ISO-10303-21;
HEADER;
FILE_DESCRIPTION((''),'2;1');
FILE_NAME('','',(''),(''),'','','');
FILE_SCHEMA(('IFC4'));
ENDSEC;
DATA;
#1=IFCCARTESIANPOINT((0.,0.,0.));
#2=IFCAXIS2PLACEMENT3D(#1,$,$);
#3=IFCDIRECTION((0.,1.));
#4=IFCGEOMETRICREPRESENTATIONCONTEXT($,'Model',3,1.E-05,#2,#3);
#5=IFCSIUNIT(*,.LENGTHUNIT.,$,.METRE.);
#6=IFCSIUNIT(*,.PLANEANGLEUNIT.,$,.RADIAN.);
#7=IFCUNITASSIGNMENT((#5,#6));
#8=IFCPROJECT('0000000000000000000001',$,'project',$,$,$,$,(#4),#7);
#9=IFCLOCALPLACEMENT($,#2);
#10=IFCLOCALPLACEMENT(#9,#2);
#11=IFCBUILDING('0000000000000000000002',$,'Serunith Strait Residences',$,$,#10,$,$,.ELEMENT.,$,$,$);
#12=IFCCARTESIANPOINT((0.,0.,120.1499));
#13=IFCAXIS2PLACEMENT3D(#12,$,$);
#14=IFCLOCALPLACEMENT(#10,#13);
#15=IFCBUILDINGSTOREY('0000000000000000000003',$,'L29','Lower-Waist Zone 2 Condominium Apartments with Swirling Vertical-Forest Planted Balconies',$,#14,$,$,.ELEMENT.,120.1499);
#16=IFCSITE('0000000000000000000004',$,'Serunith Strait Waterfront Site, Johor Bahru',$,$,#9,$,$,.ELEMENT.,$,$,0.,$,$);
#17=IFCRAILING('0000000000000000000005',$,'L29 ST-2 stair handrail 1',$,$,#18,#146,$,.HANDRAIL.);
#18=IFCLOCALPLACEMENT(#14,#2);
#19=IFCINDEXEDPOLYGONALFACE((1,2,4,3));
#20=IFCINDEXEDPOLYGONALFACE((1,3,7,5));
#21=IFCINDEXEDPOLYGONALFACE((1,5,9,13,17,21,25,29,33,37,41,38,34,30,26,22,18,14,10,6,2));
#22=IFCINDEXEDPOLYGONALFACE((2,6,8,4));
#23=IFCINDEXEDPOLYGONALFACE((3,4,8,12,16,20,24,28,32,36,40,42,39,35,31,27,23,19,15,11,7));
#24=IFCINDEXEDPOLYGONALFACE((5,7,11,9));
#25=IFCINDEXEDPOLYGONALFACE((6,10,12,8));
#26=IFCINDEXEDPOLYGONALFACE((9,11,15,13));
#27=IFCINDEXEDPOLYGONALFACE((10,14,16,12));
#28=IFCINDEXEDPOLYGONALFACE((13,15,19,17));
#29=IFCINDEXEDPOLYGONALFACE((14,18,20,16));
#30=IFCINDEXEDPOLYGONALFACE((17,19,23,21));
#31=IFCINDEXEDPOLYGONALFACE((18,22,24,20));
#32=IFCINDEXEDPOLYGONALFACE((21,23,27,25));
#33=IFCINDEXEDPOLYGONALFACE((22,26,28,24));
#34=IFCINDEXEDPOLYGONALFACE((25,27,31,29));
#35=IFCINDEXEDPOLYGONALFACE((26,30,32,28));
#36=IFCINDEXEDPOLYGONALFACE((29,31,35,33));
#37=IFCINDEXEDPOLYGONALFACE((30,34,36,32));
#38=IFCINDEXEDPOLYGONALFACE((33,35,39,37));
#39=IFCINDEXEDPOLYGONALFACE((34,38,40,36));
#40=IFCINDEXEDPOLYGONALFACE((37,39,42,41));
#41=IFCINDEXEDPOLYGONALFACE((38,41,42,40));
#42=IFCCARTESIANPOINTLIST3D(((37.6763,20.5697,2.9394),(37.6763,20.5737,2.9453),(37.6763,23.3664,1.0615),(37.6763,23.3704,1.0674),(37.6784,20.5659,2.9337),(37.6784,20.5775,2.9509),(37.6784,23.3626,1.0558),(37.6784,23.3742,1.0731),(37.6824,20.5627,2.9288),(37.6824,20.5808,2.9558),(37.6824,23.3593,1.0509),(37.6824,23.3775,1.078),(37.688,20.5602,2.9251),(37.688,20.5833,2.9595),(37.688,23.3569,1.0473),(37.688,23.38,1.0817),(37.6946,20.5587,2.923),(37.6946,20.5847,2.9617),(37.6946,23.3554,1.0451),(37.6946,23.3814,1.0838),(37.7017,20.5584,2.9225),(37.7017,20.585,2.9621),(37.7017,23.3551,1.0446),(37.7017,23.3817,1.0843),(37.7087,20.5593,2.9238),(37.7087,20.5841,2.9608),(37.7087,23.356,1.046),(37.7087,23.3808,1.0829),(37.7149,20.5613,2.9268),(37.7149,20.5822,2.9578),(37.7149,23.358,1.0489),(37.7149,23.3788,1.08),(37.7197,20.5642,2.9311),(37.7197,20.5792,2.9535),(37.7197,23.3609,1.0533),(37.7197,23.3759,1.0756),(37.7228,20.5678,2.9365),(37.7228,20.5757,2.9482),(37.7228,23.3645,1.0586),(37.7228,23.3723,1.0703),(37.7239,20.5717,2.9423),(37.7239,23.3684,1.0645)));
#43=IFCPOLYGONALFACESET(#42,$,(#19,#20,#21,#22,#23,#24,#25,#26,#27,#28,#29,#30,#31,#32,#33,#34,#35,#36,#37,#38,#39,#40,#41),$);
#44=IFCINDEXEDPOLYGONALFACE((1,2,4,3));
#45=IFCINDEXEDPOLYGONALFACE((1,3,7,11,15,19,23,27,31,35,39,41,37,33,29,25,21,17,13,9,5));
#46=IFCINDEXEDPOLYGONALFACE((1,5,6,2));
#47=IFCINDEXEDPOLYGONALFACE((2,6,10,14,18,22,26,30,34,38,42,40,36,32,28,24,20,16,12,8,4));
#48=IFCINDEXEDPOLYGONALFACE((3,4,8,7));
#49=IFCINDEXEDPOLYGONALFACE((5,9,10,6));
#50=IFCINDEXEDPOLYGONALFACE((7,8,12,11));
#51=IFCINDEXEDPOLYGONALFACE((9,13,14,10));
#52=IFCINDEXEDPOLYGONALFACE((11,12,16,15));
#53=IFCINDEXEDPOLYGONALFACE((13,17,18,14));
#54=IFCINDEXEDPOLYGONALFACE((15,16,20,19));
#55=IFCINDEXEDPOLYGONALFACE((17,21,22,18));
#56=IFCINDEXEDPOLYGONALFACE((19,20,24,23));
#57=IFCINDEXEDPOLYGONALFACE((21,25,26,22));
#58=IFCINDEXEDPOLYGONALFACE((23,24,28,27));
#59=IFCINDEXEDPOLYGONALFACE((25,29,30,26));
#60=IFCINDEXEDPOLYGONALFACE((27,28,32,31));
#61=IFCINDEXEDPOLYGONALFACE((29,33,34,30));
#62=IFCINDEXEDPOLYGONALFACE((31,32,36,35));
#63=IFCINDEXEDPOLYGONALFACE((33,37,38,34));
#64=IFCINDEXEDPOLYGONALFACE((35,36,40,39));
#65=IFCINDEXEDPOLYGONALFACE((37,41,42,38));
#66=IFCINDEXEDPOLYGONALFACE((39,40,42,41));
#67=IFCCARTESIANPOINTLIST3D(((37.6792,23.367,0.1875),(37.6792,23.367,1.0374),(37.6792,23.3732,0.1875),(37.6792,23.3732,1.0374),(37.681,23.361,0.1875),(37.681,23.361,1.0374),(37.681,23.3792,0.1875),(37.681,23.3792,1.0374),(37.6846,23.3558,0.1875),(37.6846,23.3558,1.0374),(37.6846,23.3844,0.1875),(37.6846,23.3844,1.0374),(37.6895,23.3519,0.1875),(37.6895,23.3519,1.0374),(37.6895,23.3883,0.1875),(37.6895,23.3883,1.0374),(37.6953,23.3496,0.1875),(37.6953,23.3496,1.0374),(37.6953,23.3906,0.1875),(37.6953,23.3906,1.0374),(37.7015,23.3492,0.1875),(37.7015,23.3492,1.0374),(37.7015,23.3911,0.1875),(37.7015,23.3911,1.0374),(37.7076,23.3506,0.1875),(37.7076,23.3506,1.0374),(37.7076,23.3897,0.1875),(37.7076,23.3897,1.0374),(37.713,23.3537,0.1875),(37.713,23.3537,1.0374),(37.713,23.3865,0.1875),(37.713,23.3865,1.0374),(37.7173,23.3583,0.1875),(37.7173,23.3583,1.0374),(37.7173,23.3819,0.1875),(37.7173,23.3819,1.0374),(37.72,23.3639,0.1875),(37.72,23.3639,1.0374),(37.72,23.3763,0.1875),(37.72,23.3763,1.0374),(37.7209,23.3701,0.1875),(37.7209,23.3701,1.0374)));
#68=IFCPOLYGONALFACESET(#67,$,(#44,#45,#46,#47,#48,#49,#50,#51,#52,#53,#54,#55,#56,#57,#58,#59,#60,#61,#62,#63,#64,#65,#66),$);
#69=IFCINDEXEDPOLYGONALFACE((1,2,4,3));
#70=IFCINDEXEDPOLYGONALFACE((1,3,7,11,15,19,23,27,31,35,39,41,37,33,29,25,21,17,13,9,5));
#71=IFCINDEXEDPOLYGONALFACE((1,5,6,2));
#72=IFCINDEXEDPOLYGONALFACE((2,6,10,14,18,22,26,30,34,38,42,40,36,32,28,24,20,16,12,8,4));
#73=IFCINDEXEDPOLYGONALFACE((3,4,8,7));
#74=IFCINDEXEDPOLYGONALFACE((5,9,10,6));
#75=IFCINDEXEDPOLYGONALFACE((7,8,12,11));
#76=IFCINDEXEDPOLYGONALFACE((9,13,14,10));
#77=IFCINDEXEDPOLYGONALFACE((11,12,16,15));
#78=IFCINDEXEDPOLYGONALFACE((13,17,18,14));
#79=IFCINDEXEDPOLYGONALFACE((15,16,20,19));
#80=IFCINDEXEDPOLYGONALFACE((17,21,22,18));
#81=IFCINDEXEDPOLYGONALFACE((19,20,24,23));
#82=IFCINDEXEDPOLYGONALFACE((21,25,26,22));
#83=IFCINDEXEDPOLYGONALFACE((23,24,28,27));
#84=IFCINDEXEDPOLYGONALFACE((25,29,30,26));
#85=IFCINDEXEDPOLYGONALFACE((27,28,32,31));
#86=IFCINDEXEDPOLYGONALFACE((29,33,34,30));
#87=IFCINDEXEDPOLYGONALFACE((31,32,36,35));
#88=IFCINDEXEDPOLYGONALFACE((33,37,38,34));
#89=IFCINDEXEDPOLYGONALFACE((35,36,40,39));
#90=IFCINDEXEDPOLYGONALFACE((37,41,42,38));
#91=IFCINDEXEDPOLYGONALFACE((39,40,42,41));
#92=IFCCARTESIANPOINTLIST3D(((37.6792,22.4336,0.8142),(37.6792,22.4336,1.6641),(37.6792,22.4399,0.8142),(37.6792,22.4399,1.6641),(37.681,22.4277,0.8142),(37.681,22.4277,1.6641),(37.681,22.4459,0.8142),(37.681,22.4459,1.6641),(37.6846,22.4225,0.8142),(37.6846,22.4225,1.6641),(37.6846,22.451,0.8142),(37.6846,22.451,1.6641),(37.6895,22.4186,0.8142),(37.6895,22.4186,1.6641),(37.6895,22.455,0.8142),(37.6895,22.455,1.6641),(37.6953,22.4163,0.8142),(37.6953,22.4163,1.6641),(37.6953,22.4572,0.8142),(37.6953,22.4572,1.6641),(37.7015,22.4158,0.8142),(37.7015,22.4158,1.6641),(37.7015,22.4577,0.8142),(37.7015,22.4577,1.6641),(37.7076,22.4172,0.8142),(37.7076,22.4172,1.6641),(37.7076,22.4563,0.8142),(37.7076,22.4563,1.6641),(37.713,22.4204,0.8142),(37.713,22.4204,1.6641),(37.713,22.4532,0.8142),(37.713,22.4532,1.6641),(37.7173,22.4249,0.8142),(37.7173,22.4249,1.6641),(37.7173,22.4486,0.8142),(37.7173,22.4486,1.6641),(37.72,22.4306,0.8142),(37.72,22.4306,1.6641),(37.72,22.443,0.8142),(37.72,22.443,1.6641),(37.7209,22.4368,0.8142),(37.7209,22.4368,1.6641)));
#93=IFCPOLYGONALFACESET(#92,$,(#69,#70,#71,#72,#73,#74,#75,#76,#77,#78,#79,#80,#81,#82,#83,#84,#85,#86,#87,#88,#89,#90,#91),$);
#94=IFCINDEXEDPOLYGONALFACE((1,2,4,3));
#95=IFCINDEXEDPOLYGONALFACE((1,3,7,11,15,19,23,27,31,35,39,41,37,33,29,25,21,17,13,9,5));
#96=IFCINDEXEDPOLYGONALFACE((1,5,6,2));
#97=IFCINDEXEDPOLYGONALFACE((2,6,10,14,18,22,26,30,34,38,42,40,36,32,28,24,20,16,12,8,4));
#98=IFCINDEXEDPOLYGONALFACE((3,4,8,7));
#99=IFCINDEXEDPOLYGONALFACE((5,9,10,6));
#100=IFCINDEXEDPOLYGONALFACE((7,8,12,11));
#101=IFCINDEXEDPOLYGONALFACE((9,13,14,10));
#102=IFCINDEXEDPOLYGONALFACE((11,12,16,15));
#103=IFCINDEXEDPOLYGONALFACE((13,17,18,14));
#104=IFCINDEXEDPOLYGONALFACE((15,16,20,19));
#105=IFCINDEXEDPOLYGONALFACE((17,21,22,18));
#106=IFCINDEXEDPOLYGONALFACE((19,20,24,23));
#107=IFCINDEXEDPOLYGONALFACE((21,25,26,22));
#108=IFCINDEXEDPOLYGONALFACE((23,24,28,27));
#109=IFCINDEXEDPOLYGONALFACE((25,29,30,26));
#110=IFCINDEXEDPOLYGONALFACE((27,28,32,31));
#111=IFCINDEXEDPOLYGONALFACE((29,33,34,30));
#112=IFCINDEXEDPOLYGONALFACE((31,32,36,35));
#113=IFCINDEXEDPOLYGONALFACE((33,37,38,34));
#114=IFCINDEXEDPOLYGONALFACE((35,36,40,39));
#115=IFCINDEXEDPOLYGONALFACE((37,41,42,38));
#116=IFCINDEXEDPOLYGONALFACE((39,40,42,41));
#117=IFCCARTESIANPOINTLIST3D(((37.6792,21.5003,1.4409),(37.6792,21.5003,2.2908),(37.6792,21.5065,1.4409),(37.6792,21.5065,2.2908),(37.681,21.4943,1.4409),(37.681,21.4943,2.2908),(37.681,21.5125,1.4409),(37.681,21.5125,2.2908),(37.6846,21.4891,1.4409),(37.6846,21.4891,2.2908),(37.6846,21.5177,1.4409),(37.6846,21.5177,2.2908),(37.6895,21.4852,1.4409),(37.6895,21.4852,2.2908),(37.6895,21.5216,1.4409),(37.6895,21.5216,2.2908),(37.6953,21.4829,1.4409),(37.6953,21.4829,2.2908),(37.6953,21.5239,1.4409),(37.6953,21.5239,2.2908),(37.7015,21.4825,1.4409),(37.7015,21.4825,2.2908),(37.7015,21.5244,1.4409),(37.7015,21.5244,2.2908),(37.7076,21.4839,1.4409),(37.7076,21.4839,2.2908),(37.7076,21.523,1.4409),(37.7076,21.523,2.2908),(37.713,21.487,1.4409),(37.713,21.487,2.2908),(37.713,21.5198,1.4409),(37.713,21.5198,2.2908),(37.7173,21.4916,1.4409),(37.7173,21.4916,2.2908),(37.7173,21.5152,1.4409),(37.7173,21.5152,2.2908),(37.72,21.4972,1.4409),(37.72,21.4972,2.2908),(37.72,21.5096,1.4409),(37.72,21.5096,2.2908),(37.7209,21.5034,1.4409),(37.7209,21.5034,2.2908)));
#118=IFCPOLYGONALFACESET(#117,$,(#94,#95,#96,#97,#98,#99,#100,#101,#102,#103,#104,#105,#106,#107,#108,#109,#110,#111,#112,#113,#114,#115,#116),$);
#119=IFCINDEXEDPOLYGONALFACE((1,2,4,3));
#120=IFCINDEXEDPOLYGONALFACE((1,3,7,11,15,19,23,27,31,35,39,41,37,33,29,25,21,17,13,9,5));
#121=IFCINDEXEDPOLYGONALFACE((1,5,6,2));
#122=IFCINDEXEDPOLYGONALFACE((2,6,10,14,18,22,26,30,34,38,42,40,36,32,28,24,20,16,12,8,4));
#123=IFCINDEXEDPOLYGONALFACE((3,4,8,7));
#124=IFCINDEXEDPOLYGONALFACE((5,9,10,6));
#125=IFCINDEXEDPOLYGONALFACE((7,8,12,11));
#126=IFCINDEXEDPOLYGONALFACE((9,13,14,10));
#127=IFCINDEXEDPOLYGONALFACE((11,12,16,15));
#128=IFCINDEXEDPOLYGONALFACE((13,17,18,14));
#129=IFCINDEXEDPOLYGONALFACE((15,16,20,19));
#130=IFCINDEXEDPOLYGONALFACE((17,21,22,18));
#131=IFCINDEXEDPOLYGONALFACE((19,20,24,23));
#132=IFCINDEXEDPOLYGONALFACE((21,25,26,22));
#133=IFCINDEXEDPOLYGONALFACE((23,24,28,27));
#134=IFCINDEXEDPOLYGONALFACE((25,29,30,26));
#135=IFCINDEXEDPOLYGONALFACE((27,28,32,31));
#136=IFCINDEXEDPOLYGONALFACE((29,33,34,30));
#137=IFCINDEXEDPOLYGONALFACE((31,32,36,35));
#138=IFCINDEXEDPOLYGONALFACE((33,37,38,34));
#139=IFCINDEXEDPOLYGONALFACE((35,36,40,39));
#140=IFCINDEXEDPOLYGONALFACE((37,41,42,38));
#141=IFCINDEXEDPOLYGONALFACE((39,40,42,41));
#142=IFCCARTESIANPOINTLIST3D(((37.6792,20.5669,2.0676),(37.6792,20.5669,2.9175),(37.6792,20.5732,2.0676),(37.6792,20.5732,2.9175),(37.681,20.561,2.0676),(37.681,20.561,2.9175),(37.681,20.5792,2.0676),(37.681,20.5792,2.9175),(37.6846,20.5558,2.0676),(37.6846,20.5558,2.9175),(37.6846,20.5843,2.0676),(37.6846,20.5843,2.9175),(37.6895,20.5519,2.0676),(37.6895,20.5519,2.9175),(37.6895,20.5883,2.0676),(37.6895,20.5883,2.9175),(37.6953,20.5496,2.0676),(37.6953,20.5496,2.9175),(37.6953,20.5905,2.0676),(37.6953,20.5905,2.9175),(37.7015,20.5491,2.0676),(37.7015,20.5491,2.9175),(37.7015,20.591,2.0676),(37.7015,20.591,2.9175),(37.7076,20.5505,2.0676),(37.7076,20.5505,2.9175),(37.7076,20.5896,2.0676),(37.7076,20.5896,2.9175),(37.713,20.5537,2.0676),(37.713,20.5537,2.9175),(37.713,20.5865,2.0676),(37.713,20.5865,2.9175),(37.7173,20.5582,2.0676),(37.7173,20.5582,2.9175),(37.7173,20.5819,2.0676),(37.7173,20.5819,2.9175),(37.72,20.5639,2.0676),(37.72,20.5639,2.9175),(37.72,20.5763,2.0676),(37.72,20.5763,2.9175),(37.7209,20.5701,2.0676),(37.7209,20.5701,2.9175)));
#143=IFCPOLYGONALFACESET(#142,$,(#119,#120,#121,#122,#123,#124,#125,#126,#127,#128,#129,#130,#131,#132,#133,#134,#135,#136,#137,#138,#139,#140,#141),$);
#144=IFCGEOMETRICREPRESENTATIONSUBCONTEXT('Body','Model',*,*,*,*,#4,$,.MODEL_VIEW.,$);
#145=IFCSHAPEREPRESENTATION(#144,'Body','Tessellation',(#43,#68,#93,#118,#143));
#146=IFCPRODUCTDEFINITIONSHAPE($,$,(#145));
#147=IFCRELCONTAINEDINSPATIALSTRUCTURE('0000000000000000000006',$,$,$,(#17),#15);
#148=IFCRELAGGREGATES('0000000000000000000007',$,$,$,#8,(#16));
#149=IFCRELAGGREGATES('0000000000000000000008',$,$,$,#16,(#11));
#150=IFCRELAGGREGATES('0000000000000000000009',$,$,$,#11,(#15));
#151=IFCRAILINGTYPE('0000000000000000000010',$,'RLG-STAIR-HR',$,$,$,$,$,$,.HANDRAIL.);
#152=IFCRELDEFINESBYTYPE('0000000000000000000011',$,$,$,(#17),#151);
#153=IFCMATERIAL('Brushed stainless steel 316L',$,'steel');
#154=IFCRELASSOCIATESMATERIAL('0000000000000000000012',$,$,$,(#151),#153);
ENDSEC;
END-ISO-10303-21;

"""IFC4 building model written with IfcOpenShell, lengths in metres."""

from ifc_helpers import new_model, si_unit, direction, frame, origin, origin_2d, place, context, subcontext, project, spatial, circle, extrude, material, type_object, element, save


model = new_model("IFC4")

# Units and contexts
model_context = context("Model", 3, precision=1e-05, world=origin(), true_north=direction((0.0, 1.0)))
body_context = subcontext(model_context, "Body", "Model", "MODEL_VIEW")
ifc_project = project(units=[si_unit("LENGTHUNIT", "METRE"), si_unit("PLANEANGLEUNIT", "RADIAN")], contexts=[model_context])

# Site, building, storey
site_placement = place(None, origin())
site = spatial("IfcSite", under=ifc_project, at=site_placement, Name="Serunith Strait Waterfront Site, Johor Bahru", CompositionType="ELEMENT", RefElevation=0.0)
building_placement = place(site_placement, origin())
building = spatial("IfcBuilding", under=site, at=building_placement, Name="Serunith Strait Residences", CompositionType="ELEMENT")
storey_placement = place(building_placement, frame((0.0, 0.0, 120.1499)))
storey = spatial("IfcBuildingStorey", under=building, at=storey_placement, Name="L29", Description="Lower-Waist Zone 2 Condominium Apartments with Swirling Vertical-Forest Planted Balconies", CompositionType="ELEMENT", Elevation=120.1499)

# Railing
ifc_material_1 = material(Name="Brushed stainless steel 316L", Category="steel")
railing_type_1 = type_object("IfcRailingType", Name="RLG-STAIR-HR", PredefinedType="HANDRAIL", material=ifc_material_1)
railing_1_placement = place(storey_placement, frame((37.7, 23.3701, 0.1875)))
element("IfcRailing", 1, at=railing_1_placement, inside=storey, type_object=railing_type_1, Name="L29 ST-2 stair handrail 1", PredefinedType="HANDRAIL", context=body_context, shape_type="SweptSolid", body=[
    extrude(circle(Radius=0.0239, at=origin_2d()), frame((0.0, -0.0017, 0.877), z_axis=(0.0, -0.830208, 0.557453), x_axis=(1.0, 0.0, 0.0)), (0.0, 0.0, 1.0), 3.3687),
    extrude(circle(Radius=0.021, at=origin_2d()), origin(), (0.0, 0.0, 1.0), 0.8499),
    extrude(circle(Radius=0.021, at=origin_2d()), frame((0.0, -0.9333, 0.6267)), (0.0, 0.0, 1.0), 0.8499),
    extrude(circle(Radius=0.021, at=origin_2d()), frame((0.0, -1.8667, 1.2534)), (0.0, 0.0, 1.0), 0.8499),
    extrude(circle(Radius=0.021, at=origin_2d()), frame((0.0, -2.8, 1.8801)), (0.0, 0.0, 1.0), 0.8499),
])

save(model, "model.ifc")
